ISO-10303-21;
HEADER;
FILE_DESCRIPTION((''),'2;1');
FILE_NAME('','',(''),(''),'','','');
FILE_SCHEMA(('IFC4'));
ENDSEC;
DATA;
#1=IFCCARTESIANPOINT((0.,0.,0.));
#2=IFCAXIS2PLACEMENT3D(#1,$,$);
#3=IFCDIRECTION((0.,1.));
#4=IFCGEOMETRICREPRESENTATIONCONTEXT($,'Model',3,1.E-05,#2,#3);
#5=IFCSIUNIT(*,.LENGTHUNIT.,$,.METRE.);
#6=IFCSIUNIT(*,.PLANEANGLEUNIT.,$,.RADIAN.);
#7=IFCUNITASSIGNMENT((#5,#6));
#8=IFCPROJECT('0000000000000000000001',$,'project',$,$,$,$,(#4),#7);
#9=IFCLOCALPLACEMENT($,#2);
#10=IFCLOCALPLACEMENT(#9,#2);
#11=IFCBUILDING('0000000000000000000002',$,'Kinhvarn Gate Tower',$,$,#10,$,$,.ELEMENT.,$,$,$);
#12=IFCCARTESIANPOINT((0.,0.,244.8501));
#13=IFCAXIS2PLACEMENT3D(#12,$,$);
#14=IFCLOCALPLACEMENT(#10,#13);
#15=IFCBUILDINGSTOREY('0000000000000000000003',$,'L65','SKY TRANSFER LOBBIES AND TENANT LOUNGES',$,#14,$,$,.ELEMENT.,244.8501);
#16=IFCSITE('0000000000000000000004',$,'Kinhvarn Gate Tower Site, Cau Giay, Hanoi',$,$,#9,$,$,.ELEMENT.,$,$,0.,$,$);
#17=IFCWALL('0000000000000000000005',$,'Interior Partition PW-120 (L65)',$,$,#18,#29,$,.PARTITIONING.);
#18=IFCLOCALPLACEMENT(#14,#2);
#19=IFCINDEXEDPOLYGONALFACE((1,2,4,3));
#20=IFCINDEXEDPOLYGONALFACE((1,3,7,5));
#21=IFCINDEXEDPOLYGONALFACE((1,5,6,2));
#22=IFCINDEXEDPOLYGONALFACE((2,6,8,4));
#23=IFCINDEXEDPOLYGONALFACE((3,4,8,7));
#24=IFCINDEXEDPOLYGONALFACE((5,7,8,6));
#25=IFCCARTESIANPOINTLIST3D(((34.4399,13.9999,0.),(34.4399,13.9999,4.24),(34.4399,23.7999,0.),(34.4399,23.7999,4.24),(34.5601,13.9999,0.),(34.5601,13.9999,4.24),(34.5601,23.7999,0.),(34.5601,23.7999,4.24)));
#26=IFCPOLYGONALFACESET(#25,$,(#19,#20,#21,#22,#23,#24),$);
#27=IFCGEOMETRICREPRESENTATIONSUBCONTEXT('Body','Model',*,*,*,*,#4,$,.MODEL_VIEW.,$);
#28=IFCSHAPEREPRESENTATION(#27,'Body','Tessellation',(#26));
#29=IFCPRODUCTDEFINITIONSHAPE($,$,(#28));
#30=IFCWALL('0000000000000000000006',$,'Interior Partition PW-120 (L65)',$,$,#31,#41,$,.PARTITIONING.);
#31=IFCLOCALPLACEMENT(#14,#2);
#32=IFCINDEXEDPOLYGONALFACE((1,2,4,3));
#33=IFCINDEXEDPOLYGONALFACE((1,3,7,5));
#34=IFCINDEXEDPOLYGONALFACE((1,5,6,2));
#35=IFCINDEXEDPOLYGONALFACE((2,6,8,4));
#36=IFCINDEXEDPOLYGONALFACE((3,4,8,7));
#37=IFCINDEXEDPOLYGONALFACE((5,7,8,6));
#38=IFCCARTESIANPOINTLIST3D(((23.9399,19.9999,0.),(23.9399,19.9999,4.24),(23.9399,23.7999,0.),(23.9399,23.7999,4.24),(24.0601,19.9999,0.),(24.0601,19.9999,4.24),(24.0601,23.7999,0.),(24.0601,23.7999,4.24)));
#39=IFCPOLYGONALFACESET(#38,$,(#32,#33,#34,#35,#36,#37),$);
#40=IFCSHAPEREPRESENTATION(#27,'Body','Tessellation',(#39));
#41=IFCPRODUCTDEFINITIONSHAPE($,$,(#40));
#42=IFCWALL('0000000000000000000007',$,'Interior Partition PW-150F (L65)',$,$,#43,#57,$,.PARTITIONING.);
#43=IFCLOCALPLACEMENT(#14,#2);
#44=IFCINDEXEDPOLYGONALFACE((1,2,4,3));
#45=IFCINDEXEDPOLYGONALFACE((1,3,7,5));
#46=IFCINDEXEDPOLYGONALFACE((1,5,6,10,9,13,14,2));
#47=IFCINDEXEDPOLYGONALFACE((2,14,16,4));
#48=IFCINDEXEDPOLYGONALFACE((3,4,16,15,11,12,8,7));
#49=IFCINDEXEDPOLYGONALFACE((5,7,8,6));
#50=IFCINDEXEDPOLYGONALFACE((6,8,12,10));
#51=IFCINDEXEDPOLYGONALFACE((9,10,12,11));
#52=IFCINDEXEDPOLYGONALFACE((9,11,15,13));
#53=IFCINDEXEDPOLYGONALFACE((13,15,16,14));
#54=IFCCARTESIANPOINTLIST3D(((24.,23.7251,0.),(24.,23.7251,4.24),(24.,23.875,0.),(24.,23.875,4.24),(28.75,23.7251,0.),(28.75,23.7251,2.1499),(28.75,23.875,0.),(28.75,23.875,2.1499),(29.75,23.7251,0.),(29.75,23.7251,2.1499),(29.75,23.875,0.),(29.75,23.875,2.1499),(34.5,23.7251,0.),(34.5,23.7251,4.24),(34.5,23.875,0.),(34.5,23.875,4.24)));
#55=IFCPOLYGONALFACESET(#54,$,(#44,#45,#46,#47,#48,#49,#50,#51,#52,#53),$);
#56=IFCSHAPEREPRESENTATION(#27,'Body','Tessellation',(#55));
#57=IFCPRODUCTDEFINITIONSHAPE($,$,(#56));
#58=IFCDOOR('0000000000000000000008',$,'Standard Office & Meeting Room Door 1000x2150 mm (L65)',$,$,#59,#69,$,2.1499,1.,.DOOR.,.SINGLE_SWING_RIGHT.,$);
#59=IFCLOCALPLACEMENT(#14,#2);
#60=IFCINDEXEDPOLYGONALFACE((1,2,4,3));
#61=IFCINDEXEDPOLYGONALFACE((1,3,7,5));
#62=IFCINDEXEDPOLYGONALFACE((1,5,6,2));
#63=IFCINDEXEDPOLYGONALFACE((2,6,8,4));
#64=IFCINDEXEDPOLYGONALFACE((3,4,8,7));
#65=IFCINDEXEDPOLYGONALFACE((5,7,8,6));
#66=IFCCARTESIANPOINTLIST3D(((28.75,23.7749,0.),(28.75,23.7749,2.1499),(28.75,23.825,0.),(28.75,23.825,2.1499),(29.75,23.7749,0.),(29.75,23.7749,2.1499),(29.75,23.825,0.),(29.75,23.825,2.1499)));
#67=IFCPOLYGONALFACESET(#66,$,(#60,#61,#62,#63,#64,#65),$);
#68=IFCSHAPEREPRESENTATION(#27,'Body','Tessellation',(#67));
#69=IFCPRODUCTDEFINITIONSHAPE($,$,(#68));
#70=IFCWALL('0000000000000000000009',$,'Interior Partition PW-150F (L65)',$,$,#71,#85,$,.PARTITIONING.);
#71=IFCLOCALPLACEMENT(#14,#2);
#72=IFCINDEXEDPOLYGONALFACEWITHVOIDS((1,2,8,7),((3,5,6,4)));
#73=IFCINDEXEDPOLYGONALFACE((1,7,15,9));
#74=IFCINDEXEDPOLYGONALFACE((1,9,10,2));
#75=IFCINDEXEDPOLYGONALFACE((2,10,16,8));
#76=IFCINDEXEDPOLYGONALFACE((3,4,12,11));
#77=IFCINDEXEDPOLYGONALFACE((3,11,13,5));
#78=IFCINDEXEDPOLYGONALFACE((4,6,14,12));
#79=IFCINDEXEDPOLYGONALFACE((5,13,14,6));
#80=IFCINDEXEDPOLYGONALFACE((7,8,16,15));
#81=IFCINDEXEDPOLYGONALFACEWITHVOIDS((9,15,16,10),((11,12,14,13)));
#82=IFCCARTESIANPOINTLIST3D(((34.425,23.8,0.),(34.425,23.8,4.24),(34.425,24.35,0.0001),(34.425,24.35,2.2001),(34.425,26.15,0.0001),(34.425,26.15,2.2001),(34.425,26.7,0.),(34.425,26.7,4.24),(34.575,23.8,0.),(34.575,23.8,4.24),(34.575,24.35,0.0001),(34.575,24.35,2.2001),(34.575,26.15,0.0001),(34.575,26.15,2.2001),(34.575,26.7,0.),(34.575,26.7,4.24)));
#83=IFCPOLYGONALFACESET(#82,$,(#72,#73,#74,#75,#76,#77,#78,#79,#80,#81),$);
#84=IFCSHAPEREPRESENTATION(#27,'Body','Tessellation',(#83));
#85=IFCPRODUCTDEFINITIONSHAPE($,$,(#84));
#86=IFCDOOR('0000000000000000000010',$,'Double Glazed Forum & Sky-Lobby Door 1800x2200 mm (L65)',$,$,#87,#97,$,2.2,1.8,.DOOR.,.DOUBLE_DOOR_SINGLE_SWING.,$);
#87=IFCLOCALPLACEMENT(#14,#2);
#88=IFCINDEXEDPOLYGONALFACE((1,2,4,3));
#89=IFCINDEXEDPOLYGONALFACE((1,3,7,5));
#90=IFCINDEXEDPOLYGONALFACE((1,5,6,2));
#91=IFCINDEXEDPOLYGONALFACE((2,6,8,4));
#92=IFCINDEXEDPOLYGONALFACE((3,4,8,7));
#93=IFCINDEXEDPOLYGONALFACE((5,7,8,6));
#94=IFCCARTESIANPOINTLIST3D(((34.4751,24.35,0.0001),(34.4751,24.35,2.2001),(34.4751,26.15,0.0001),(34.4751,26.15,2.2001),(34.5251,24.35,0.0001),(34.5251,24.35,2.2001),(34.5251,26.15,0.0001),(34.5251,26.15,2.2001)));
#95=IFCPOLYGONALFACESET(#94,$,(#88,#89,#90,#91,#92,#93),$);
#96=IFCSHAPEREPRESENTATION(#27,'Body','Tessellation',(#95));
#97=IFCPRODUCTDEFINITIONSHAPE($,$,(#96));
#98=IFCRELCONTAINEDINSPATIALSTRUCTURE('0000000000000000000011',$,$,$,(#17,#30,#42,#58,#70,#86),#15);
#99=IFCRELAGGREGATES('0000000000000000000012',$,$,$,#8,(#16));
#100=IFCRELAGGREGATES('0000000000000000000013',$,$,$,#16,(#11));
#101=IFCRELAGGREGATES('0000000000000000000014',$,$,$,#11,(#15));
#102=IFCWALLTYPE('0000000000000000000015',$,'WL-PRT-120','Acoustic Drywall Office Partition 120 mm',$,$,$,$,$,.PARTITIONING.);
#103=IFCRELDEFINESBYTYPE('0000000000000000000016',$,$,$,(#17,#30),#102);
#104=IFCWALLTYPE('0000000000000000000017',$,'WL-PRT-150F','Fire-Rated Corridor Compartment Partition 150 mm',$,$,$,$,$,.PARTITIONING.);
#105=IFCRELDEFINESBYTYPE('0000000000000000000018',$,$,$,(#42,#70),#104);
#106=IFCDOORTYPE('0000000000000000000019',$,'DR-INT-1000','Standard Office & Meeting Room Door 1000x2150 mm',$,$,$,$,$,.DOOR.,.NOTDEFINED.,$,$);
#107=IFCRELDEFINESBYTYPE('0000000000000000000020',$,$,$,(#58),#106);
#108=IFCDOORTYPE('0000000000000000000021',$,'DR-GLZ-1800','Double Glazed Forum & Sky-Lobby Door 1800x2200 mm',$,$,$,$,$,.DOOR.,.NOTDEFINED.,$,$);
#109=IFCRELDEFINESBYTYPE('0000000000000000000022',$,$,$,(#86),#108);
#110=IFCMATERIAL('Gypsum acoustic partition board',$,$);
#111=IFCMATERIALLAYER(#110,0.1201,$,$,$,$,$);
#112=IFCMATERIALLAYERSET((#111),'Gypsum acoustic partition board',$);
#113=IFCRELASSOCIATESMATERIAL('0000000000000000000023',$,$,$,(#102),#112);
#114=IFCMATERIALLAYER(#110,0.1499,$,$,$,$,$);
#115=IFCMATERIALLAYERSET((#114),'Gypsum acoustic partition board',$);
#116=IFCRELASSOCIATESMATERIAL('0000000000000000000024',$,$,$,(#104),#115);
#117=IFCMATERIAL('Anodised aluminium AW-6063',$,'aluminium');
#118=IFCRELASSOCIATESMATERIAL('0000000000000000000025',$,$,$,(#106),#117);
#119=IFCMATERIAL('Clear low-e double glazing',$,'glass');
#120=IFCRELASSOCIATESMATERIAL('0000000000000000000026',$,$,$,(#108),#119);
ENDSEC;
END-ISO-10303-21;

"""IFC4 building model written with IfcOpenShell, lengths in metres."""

from ifc_helpers import new_model, si_unit, direction, frame, frame_2d, origin, place, context, subcontext, project, spatial, rectangle, extrude, material, layer, layer_set, type_object, element, fill, save


model = new_model("IFC4")

# Units and contexts
model_context = context("Model", 3, precision=1e-05, world=origin(), true_north=direction((0.0, 1.0)))
body_context = subcontext(model_context, "Body", "Model", "MODEL_VIEW")
ifc_project = project(units=[si_unit("LENGTHUNIT", "METRE"), si_unit("PLANEANGLEUNIT", "RADIAN")], contexts=[model_context])

# Site, building, storey
site_placement = place(None, origin())
site = spatial("IfcSite", under=ifc_project, at=site_placement, Name="Kinhvarn Gate Tower Site, Cau Giay, Hanoi", CompositionType="ELEMENT", RefElevation=0.0)
building_placement = place(site_placement, origin())
building = spatial("IfcBuilding", under=site, at=building_placement, Name="Kinhvarn Gate Tower", CompositionType="ELEMENT")
storey_placement = place(building_placement, frame((0.0, 0.0, 244.8501)))
storey = spatial("IfcBuildingStorey", under=building, at=storey_placement, Name="L65", Description="SKY TRANSFER LOBBIES AND TENANT LOUNGES", CompositionType="ELEMENT", Elevation=244.8501)

# Walls
ifc_material_1 = material(Name="Gypsum acoustic partition board")
ifc_layer_1 = layer(ifc_material_1, 0.1201)
ifc_layer_set_1 = layer_set([ifc_layer_1], Name="Gypsum acoustic partition board")
wall_type_1 = type_object("IfcWallType", Name="WL-PRT-120", Description="Acoustic Drywall Office Partition 120 mm", PredefinedType="PARTITIONING", material=ifc_layer_set_1)
wall_1_placement = place(storey_placement, frame((34.5, 14.0, 0.0), z_axis=(0.0, 0.0, 1.0), x_axis=(0.0, 1.0, 0.0)))
element("IfcWall", 1, at=wall_1_placement, inside=storey, type_object=wall_type_1, Name="Interior Partition PW-120 (L65)", PredefinedType="PARTITIONING", context=body_context, shape_type="SweptSolid", body=[
    extrude(rectangle(XDim=9.8, YDim=0.1201, at=frame_2d((4.8999, 0.0))), origin(), (0.0, 0.0, 1.0), 4.24),
])
wall_2_placement = place(storey_placement, frame((24.0, 20.0, 0.0), z_axis=(0.0, 0.0, 1.0), x_axis=(0.0, 1.0, 0.0)))
element("IfcWall", 2, at=wall_2_placement, inside=storey, type_object=wall_type_1, Name="Interior Partition PW-120 (L65)", PredefinedType="PARTITIONING", context=body_context, shape_type="SweptSolid", body=[
    extrude(rectangle(XDim=3.8, YDim=0.1201, at=frame_2d((1.8999, 0.0))), origin(), (0.0, 0.0, 1.0), 4.24),
])

# Walls, openings, doors
ifc_layer_2 = layer(ifc_material_1, 0.1499)
ifc_layer_set_2 = layer_set([ifc_layer_2], Name="Gypsum acoustic partition board")
wall_type_2 = type_object("IfcWallType", Name="WL-PRT-150F", Description="Fire-Rated Corridor Compartment Partition 150 mm", PredefinedType="PARTITIONING", material=ifc_layer_set_2)
wall_3_placement = place(storey_placement, frame((24.0, 23.8, 0.0), z_axis=(0.0, 0.0, 1.0), x_axis=(1.0, 0.0, 0.0)))
wall_3 = element("IfcWall", 3, at=wall_3_placement, inside=storey, type_object=wall_type_2, Name="Interior Partition PW-150F (L65)", PredefinedType="PARTITIONING", context=body_context, shape_type="SweptSolid", body=[
    extrude(rectangle(XDim=10.5, YDim=0.1499, at=frame_2d((5.25, 0.0))), origin(), (0.0, 0.0, 1.0), 4.24),
])
opening_1_placement = place(wall_3_placement, frame((4.75, 0.0, 0.0)))
opening_1 = element("IfcOpeningElement", 4, at=opening_1_placement, cuts=wall_3, PredefinedType="OPENING", context=body_context, shape_type="SweptSolid", body=[
    extrude(rectangle(XDim=1.0, YDim=2.1499, at=frame_2d((0.5, 1.075))), frame((0.0, 0.085, 0.0), z_axis=(0.0, -1.0, 0.0), x_axis=(1.0, 0.0, 0.0)), (0.0, 0.0, 1.0), 0.1699),
])
ifc_material_2 = material(Name="Anodised aluminium AW-6063", Category="aluminium")
door_type_1 = type_object("IfcDoorType", Name="DR-INT-1000", Description="Standard Office & Meeting Room Door 1000x2150 mm", OperationType="NOTDEFINED", PredefinedType="DOOR", material=ifc_material_2)
door_1_placement = place(opening_1_placement, origin())
door_1 = element("IfcDoor", 5, at=door_1_placement, inside=storey, type_object=door_type_1, Name="Standard Office & Meeting Room Door 1000x2150 mm (L65)", OperationType="SINGLE_SWING_RIGHT", OverallHeight=2.1499, OverallWidth=1.0, PredefinedType="DOOR", context=body_context, shape_type="SweptSolid", body=[
    extrude(rectangle(XDim=1.0, YDim=2.1499, at=frame_2d((0.5, 1.075))), frame((0.0, 0.0249, 0.0), z_axis=(0.0, -1.0, 0.0), x_axis=(1.0, 0.0, 0.0)), (0.0, 0.0, 1.0), 0.05),
])
fill(opening_1, door_1)
wall_4_placement = place(storey_placement, frame((34.5, 23.8, 0.0), z_axis=(0.0, 0.0, 1.0), x_axis=(0.0, 1.0, 0.0)))
wall_4 = element("IfcWall", 6, at=wall_4_placement, inside=storey, type_object=wall_type_2, Name="Interior Partition PW-150F (L65)", PredefinedType="PARTITIONING", context=body_context, shape_type="SweptSolid", body=[
    extrude(rectangle(XDim=2.8999, YDim=0.1499, at=frame_2d((1.45, 0.0))), origin(), (0.0, 0.0, 1.0), 4.24),
])
opening_2_placement = place(wall_4_placement, frame((0.55, 0.0, 0.0)))
opening_2 = element("IfcOpeningElement", 7, at=opening_2_placement, cuts=wall_4, PredefinedType="OPENING", context=body_context, shape_type="SweptSolid", body=[
    extrude(rectangle(XDim=1.8, YDim=2.2, at=frame_2d((0.8999, 1.1001))), frame((0.0, 0.085, 0.0), z_axis=(0.0, -1.0, 0.0), x_axis=(1.0, 0.0, 0.0)), (0.0, 0.0, 1.0), 0.1699),
])
ifc_material_3 = material(Name="Clear low-e double glazing", Category="glass")
door_type_2 = type_object("IfcDoorType", Name="DR-GLZ-1800", Description="Double Glazed Forum & Sky-Lobby Door 1800x2200 mm", OperationType="NOTDEFINED", PredefinedType="DOOR", material=ifc_material_3)
door_2_placement = place(opening_2_placement, origin())
door_2 = element("IfcDoor", 8, at=door_2_placement, inside=storey, type_object=door_type_2, Name="Double Glazed Forum & Sky-Lobby Door 1800x2200 mm (L65)", OperationType="DOUBLE_DOOR_SINGLE_SWING", OverallHeight=2.2, OverallWidth=1.8, PredefinedType="DOOR", context=body_context, shape_type="SweptSolid", body=[
    extrude(rectangle(XDim=1.8, YDim=2.2, at=frame_2d((0.8999, 1.1001))), frame((0.0, 0.0249, 0.0), z_axis=(0.0, -1.0, 0.0), x_axis=(1.0, 0.0, 0.0)), (0.0, 0.0, 1.0), 0.05),
])
fill(opening_2, door_2)

save(model, "model.ifc")
